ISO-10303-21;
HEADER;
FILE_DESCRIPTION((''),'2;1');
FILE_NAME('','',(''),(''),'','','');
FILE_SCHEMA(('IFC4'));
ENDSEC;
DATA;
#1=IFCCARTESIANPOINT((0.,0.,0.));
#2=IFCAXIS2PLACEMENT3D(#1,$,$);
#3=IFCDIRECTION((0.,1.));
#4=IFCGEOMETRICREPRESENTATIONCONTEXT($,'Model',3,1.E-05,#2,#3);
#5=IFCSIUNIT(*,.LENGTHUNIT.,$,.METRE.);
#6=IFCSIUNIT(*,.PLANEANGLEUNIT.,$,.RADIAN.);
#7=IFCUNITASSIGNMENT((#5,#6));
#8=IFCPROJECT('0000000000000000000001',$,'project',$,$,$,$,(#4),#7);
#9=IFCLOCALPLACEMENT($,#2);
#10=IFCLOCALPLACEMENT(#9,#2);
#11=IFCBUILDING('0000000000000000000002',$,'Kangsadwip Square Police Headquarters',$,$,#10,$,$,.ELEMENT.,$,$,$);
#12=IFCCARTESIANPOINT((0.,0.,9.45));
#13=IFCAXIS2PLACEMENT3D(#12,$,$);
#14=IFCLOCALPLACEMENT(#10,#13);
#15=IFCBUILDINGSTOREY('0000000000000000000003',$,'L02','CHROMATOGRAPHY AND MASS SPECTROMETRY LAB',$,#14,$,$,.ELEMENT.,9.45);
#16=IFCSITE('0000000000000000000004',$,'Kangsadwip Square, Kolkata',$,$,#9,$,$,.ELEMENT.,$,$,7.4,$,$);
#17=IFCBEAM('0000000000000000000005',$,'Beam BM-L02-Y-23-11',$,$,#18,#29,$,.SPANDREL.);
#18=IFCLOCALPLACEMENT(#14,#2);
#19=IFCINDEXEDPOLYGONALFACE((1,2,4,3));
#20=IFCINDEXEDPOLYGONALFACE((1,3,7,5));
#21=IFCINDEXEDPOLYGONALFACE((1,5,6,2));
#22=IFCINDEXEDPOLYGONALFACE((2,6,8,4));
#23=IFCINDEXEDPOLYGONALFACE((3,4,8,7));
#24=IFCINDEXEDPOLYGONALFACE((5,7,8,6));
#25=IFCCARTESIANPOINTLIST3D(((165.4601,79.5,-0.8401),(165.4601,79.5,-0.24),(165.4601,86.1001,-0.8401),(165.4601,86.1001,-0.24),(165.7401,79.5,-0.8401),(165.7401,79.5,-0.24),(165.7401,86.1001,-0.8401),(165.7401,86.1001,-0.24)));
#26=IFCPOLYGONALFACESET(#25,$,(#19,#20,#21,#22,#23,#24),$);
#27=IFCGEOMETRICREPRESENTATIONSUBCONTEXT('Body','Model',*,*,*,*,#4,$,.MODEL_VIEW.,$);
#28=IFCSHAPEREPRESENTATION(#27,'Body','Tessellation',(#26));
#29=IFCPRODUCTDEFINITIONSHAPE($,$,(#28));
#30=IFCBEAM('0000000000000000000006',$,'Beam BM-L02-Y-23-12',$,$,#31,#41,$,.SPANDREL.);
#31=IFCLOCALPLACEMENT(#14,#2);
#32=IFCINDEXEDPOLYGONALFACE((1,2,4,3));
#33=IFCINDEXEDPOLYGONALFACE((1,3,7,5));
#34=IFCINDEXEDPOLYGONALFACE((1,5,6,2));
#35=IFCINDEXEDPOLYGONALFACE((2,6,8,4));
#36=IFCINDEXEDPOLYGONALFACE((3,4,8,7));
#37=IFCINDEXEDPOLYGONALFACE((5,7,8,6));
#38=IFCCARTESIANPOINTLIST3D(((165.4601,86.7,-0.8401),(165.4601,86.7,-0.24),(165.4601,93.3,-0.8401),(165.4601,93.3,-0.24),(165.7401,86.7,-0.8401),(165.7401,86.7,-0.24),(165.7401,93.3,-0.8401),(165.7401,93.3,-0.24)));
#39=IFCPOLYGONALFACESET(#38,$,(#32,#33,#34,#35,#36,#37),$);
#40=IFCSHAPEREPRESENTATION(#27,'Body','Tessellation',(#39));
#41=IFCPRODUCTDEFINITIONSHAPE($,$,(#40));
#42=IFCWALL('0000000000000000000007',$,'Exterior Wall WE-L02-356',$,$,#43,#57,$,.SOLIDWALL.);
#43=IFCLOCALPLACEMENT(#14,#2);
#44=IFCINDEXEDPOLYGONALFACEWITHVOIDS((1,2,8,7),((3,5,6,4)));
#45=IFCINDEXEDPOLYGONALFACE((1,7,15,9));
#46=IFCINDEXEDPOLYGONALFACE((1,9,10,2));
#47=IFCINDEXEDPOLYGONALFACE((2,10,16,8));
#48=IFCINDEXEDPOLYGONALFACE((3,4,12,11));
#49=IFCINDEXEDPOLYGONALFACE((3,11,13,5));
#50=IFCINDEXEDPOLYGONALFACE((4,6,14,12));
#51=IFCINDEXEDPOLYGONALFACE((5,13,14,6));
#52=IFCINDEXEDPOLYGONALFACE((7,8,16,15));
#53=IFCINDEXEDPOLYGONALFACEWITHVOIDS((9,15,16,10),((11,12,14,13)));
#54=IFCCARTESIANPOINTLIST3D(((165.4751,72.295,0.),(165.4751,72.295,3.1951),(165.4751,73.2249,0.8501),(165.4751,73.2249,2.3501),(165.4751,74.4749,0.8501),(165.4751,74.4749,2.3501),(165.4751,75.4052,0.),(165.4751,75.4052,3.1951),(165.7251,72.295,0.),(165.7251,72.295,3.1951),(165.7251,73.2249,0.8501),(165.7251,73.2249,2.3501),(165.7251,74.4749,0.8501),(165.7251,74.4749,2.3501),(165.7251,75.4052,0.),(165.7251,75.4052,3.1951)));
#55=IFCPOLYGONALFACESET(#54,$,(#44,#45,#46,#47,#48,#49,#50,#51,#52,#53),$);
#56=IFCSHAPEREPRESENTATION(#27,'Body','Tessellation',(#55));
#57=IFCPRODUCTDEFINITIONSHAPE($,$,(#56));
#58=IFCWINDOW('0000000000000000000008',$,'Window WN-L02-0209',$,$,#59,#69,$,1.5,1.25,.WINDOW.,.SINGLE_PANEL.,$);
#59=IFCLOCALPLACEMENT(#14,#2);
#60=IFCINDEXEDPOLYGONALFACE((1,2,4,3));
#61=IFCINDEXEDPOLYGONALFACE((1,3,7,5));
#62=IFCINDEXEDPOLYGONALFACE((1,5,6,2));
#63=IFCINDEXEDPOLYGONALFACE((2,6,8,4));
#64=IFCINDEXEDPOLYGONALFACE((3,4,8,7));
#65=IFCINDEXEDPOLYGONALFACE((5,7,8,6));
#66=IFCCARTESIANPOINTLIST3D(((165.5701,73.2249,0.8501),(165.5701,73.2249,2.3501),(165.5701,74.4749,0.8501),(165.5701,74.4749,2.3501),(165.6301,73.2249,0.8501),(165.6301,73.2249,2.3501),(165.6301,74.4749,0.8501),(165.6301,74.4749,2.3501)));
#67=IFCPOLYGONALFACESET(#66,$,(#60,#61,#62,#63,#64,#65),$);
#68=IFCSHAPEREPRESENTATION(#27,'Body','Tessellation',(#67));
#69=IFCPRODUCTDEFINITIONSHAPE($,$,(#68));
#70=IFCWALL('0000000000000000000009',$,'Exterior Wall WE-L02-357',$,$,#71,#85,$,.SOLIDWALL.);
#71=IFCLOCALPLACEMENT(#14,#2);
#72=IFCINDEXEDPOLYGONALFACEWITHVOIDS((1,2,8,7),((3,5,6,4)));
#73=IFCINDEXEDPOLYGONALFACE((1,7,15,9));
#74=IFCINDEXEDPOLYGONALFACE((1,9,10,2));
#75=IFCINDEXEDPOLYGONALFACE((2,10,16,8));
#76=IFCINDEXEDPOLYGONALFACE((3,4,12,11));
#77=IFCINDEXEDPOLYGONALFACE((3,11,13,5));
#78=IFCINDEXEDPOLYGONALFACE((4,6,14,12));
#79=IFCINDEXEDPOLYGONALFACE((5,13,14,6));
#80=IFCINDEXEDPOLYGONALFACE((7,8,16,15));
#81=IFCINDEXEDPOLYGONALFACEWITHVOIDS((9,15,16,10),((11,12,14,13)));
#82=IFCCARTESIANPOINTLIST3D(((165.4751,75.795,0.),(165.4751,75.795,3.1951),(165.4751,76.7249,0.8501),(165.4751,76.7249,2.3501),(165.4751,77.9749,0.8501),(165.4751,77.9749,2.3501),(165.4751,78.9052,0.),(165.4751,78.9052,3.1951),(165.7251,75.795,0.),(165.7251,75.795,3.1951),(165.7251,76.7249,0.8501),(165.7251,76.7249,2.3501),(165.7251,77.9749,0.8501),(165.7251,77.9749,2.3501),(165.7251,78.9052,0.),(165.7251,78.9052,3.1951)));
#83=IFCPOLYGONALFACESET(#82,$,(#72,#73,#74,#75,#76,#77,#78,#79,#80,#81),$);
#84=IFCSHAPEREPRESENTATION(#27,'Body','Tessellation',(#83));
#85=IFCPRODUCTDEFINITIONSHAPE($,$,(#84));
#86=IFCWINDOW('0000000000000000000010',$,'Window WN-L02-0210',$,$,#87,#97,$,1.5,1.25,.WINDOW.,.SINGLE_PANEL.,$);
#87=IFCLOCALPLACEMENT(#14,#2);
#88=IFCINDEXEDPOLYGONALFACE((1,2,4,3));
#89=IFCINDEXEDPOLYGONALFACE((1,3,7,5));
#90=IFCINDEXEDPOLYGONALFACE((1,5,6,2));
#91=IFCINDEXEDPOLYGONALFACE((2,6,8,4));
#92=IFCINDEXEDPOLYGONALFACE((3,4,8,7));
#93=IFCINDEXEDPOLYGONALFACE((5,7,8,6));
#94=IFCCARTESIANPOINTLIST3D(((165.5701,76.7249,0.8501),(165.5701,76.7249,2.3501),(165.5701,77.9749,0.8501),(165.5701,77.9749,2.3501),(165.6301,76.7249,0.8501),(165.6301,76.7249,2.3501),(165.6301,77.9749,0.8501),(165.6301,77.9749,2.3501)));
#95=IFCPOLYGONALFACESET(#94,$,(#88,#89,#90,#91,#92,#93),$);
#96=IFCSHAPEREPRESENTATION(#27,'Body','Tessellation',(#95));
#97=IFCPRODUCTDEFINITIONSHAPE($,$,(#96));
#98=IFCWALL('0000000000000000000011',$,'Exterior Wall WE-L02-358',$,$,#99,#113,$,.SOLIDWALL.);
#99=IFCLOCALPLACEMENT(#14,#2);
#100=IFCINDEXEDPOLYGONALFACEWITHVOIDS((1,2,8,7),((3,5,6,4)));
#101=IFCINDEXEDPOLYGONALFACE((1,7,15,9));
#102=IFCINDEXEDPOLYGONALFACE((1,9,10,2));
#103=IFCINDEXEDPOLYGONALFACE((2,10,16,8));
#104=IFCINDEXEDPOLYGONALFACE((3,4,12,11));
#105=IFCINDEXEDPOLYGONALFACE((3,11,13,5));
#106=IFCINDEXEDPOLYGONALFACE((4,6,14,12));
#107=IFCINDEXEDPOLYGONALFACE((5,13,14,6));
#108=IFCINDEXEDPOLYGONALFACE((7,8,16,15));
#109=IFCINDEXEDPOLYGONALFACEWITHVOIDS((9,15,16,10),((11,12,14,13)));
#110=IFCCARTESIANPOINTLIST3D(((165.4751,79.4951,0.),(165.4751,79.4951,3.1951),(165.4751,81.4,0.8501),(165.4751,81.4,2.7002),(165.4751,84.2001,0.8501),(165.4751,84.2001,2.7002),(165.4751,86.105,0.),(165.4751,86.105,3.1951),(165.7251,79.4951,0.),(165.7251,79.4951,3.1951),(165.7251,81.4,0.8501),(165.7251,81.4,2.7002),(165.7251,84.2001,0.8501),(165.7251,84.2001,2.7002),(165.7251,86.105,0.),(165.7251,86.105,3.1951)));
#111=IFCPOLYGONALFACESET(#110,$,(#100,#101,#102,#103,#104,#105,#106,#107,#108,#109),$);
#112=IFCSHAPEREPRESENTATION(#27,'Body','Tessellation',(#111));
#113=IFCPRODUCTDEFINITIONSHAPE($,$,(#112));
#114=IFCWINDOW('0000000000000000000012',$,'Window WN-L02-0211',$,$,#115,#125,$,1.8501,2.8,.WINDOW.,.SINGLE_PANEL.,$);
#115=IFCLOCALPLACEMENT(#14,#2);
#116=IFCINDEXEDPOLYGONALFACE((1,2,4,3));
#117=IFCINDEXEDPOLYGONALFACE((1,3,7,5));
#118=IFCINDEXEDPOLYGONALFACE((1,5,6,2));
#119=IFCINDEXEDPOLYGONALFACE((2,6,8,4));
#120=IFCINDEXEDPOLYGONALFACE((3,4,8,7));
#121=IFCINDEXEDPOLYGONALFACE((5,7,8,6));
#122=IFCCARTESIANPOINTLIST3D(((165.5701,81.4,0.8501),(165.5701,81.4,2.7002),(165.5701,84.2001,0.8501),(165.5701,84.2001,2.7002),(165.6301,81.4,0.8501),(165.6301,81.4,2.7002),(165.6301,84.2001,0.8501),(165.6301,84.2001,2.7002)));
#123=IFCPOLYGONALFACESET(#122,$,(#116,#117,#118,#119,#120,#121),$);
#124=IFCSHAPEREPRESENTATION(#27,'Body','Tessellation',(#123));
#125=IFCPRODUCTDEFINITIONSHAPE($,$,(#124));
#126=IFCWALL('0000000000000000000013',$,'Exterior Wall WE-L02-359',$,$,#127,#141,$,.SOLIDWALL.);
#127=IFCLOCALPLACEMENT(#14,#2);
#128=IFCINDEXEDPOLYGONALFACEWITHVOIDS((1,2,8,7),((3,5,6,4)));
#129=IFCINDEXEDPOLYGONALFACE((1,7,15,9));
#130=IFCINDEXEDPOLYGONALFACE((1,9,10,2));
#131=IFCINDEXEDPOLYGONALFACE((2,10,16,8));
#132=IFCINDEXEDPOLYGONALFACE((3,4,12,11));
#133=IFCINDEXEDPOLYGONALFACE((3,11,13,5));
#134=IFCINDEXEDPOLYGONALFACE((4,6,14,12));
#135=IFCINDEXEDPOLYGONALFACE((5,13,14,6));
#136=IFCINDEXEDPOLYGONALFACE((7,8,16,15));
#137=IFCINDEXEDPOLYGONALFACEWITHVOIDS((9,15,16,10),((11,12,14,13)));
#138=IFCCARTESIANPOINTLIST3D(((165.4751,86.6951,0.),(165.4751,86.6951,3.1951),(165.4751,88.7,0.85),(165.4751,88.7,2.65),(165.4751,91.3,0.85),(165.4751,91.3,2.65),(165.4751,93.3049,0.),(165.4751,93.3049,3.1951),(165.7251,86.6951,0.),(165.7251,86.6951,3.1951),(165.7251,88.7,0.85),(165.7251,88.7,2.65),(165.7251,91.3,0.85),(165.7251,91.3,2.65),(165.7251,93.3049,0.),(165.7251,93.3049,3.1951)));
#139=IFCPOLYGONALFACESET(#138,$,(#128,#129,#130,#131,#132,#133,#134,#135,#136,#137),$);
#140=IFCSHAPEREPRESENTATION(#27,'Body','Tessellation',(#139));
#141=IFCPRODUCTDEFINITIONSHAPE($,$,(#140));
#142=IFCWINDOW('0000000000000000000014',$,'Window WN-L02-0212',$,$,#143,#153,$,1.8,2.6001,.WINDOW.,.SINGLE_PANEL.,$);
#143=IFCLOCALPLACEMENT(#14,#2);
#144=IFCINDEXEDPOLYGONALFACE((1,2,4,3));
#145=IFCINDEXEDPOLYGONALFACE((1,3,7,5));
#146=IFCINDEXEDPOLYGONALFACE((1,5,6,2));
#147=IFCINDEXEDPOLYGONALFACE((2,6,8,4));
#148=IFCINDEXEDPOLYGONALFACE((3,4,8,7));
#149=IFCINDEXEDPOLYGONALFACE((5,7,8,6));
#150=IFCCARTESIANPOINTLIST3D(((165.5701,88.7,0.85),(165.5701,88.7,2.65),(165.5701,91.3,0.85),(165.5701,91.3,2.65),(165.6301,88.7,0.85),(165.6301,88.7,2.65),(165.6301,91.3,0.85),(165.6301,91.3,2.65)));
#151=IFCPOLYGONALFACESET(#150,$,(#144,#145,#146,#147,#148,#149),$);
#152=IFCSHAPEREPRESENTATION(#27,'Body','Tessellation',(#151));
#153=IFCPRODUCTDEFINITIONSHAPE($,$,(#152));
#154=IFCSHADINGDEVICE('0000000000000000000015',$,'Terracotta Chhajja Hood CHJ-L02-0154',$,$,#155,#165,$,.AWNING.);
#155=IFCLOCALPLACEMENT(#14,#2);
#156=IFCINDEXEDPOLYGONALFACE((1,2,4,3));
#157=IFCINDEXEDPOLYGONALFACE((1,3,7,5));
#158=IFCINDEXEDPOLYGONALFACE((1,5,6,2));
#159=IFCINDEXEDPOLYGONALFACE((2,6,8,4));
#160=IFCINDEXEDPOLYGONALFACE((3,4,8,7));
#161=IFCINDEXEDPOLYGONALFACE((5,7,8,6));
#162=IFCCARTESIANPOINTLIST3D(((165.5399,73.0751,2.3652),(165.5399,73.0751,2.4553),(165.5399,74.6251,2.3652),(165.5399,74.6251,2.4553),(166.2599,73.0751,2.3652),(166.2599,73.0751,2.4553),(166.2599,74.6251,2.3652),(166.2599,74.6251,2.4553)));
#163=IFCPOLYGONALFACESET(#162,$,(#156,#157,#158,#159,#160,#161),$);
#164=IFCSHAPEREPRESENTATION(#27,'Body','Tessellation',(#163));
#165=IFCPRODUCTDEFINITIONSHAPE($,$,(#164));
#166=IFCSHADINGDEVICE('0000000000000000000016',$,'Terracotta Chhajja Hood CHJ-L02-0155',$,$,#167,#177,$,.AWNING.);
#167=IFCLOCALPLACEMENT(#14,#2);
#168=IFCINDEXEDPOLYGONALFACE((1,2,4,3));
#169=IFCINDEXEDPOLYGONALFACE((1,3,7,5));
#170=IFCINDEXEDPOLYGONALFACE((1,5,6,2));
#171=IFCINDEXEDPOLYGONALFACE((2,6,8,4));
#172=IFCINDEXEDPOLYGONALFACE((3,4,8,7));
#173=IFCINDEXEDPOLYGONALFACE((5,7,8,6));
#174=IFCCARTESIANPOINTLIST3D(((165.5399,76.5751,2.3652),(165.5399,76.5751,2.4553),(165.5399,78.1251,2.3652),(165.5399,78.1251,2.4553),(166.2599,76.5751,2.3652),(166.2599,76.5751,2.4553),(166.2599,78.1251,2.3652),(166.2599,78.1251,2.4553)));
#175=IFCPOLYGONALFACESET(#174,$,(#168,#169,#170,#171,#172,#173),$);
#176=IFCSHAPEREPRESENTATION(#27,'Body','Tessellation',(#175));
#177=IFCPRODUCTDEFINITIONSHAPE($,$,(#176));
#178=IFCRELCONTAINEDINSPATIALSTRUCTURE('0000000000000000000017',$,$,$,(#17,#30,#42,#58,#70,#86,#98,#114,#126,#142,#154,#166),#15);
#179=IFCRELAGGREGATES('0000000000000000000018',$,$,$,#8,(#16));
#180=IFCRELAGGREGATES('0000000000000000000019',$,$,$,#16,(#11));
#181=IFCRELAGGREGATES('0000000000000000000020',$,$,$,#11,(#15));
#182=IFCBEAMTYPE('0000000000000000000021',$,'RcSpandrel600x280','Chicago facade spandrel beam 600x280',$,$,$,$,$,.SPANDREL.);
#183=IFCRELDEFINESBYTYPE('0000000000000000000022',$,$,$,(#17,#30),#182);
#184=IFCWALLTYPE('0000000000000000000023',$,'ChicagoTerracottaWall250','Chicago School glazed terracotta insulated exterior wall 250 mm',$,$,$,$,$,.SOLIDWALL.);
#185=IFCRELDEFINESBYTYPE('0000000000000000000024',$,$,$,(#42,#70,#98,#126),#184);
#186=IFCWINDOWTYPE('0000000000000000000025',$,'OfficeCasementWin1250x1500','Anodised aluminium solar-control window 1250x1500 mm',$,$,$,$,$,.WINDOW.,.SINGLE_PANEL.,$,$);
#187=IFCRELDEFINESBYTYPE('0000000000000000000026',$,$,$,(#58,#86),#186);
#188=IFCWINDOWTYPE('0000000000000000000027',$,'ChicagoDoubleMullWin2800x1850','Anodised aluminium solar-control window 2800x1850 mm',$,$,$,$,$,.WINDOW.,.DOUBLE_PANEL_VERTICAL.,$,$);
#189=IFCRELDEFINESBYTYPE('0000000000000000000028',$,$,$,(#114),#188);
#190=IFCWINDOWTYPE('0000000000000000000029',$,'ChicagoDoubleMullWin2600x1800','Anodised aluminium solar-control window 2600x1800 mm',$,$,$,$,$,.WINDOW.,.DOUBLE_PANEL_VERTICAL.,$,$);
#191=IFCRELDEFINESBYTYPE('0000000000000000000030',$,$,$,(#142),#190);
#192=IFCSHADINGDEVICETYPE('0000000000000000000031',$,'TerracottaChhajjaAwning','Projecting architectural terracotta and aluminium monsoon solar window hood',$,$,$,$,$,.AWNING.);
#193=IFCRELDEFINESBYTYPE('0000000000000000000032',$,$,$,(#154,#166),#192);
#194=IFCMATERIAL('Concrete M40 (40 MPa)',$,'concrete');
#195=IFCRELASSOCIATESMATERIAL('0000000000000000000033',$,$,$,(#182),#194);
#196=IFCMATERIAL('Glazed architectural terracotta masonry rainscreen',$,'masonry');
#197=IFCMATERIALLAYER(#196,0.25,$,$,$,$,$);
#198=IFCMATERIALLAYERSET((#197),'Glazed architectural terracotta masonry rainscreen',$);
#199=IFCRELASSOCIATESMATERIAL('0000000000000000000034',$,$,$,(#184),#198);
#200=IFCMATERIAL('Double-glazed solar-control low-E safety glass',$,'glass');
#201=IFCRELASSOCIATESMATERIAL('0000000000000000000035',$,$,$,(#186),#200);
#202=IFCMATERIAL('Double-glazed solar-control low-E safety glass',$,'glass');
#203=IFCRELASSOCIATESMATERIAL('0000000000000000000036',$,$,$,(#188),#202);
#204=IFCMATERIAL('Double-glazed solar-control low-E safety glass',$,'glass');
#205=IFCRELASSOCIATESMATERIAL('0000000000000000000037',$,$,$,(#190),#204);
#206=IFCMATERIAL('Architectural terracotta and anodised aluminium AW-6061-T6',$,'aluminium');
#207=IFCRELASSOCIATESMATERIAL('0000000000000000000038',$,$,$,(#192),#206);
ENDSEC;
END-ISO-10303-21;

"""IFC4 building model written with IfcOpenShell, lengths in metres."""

from ifc_helpers import new_model, si_unit, direction, frame, frame_2d, origin, origin_2d, place, context, subcontext, project, spatial, rectangle, extrude, material, layer, layer_set, material_profile, profile_set, type_object, element, fill, save


model = new_model("IFC4")

# Units and contexts
model_context = context("Model", 3, precision=1e-05, world=origin(), true_north=direction((0.0, 1.0)))
body_context = subcontext(model_context, "Body", "Model", "MODEL_VIEW")
ifc_project = project(units=[si_unit("LENGTHUNIT", "METRE"), si_unit("PLANEANGLEUNIT", "RADIAN")], contexts=[model_context])

# Site, building, storey
site_placement = place(None, origin())
site = spatial("IfcSite", under=ifc_project, at=site_placement, Name="Kangsadwip Square, Kolkata", CompositionType="ELEMENT", RefElevation=7.4)
building_placement = place(site_placement, origin())
building = spatial("IfcBuilding", under=site, at=building_placement, Name="Kangsadwip Square Police Headquarters", CompositionType="ELEMENT")
storey_placement = place(building_placement, frame((0.0, 0.0, 9.45)))
storey = spatial("IfcBuildingStorey", under=building, at=storey_placement, Name="L02", Description="CHROMATOGRAPHY AND MASS SPECTROMETRY LAB", CompositionType="ELEMENT", Elevation=9.45)

# Beams
ifc_material_1 = material(Name="Concrete M40 (40 MPa)", Category="concrete")
ifc_material_profile_1 = material_profile(ifc_material_1, rectangle(XDim=0.28, YDim=0.6001, at=origin_2d()), Name="RC SPN 600X280")
ifc_profile_set_1 = profile_set([ifc_material_profile_1], Name="Concrete M40 (40 MPa)")
beam_type_1 = type_object("IfcBeamType", Name="RcSpandrel600x280", Description="Chicago facade spandrel beam 600x280", PredefinedType="SPANDREL", material=ifc_profile_set_1)
for number, where, z_axis, x_axis, name in (
    (1, (165.6001, 79.5, -0.54), (0.0, 1.0, 0.0), (-1.0, 0.0, 0.0), "Beam BM-L02-Y-23-11"),
    (2, (165.6001, 86.7, -0.54), (0.0, 1.0, 0.0), (-1.0, 0.0, 0.0), "Beam BM-L02-Y-23-12"),
):
    element("IfcBeam", number, at=place(storey_placement, frame(where, z_axis=z_axis, x_axis=x_axis)), inside=storey, type_object=beam_type_1, Name=name, PredefinedType="SPANDREL", context=body_context, shape_type="SweptSolid", body=[
        extrude(rectangle(XDim=0.28, YDim=0.6001, at=origin_2d()), origin(), (0.0, 0.0, 1.0), 6.6001),
    ])

# Walls, openings, windows
ifc_material_2 = material(Name="Glazed architectural terracotta masonry rainscreen", Category="masonry")
ifc_layer = layer(ifc_material_2, 0.25)
ifc_layer_set = layer_set([ifc_layer], Name="Glazed architectural terracotta masonry rainscreen")
wall_type = type_object("IfcWallType", Name="ChicagoTerracottaWall250", Description="Chicago School glazed terracotta insulated exterior wall 250 mm", PredefinedType="SOLIDWALL", material=ifc_layer_set)
wall_1_placement = place(storey_placement, frame((165.6001, 72.2949, 0.0), z_axis=(0.0, 0.0, 1.0), x_axis=(0.0, 1.0, 0.0)))
wall_1 = element("IfcWall", 3, at=wall_1_placement, inside=storey, type_object=wall_type, Name="Exterior Wall WE-L02-356", PredefinedType="SOLIDWALL", context=body_context, shape_type="SweptSolid", body=[
    extrude(rectangle(XDim=3.1101, YDim=0.25, at=frame_2d((1.5552, 0.0))), origin(), (0.0, 0.0, 1.0), 3.1951),
])
opening_1_placement = place(wall_1_placement, frame((0.9299, 0.0, 0.8501)))
opening_1 = element("IfcOpeningElement", 4, at=opening_1_placement, cuts=wall_1, PredefinedType="OPENING", context=body_context, shape_type="SweptSolid", body=[
    extrude(rectangle(XDim=1.25, YDim=1.5, at=frame_2d((0.625, 0.75))), frame((0.0, 0.135, 0.0), z_axis=(0.0, -1.0, 0.0), x_axis=(1.0, 0.0, 0.0)), (0.0, 0.0, 1.0), 0.27),
])
ifc_material_3 = material(Name="Double-glazed solar-control low-E safety glass", Category="glass")
window_type_1 = type_object("IfcWindowType", Name="OfficeCasementWin1250x1500", Description="Anodised aluminium solar-control window 1250x1500 mm", PartitioningType="SINGLE_PANEL", PredefinedType="WINDOW", material=ifc_material_3)
window_1_placement = place(opening_1_placement, origin())
window_1 = element("IfcWindow", 5, at=window_1_placement, inside=storey, type_object=window_type_1, Name="Window WN-L02-0209", OverallHeight=1.5, OverallWidth=1.25, PartitioningType="SINGLE_PANEL", PredefinedType="WINDOW", context=body_context, shape_type="SweptSolid", body=[
    extrude(rectangle(XDim=1.25, YDim=1.5, at=frame_2d((0.625, 0.75))), frame((0.0, 0.03, 0.0), z_axis=(0.0, -1.0, 0.0), x_axis=(1.0, 0.0, 0.0)), (0.0, 0.0, 1.0), 0.0601),
])
fill(opening_1, window_1)
wall_2_placement = place(storey_placement, frame((165.6001, 75.7949, 0.0), z_axis=(0.0, 0.0, 1.0), x_axis=(0.0, 1.0, 0.0)))
wall_2 = element("IfcWall", 6, at=wall_2_placement, inside=storey, type_object=wall_type, Name="Exterior Wall WE-L02-357", PredefinedType="SOLIDWALL", context=body_context, shape_type="SweptSolid", body=[
    extrude(rectangle(XDim=3.1101, YDim=0.25, at=frame_2d((1.5552, 0.0))), origin(), (0.0, 0.0, 1.0), 3.1951),
])
opening_2_placement = place(wall_2_placement, frame((0.9299, 0.0, 0.8501)))
opening_2 = element("IfcOpeningElement", 7, at=opening_2_placement, cuts=wall_2, PredefinedType="OPENING", context=body_context, shape_type="SweptSolid", body=[
    extrude(rectangle(XDim=1.25, YDim=1.5, at=frame_2d((0.625, 0.75))), frame((0.0, 0.135, 0.0), z_axis=(0.0, -1.0, 0.0), x_axis=(1.0, 0.0, 0.0)), (0.0, 0.0, 1.0), 0.27),
])
window_2_placement = place(opening_2_placement, origin())
window_2 = element("IfcWindow", 8, at=window_2_placement, inside=storey, type_object=window_type_1, Name="Window WN-L02-0210", OverallHeight=1.5, OverallWidth=1.25, PartitioningType="SINGLE_PANEL", PredefinedType="WINDOW", context=body_context, shape_type="SweptSolid", body=[
    extrude(rectangle(XDim=1.25, YDim=1.5, at=frame_2d((0.625, 0.75))), frame((0.0, 0.03, 0.0), z_axis=(0.0, -1.0, 0.0), x_axis=(1.0, 0.0, 0.0)), (0.0, 0.0, 1.0), 0.0601),
])
fill(opening_2, window_2)
wall_3_placement = place(storey_placement, frame((165.6001, 79.4951, 0.0), z_axis=(0.0, 0.0, 1.0), x_axis=(0.0, 1.0, 0.0)))
wall_3 = element("IfcWall", 9, at=wall_3_placement, inside=storey, type_object=wall_type, Name="Exterior Wall WE-L02-358", PredefinedType="SOLIDWALL", context=body_context, shape_type="SweptSolid", body=[
    extrude(rectangle(XDim=6.6099, YDim=0.25, at=frame_2d((3.3049, 0.0))), origin(), (0.0, 0.0, 1.0), 3.1951),
])
opening_3_placement = place(wall_3_placement, frame((1.905, 0.0, 0.8501)))
opening_3 = element("IfcOpeningElement", 10, at=opening_3_placement, cuts=wall_3, PredefinedType="OPENING", context=body_context, shape_type="SweptSolid", body=[
    extrude(rectangle(XDim=2.8, YDim=1.8501, at=frame_2d((1.3999, 0.925))), frame((0.0, 0.135, 0.0), z_axis=(0.0, -1.0, 0.0), x_axis=(1.0, 0.0, 0.0)), (0.0, 0.0, 1.0), 0.27),
])
ifc_material_4 = material(Name="Double-glazed solar-control low-E safety glass", Category="glass")
window_type_2 = type_object("IfcWindowType", Name="ChicagoDoubleMullWin2800x1850", Description="Anodised aluminium solar-control window 2800x1850 mm", PartitioningType="DOUBLE_PANEL_VERTICAL", PredefinedType="WINDOW", material=ifc_material_4)
window_3_placement = place(opening_3_placement, origin())
window_3 = element("IfcWindow", 11, at=window_3_placement, inside=storey, type_object=window_type_2, Name="Window WN-L02-0211", OverallHeight=1.8501, OverallWidth=2.8, PartitioningType="SINGLE_PANEL", PredefinedType="WINDOW", context=body_context, shape_type="SweptSolid", body=[
    extrude(rectangle(XDim=2.8, YDim=1.8501, at=frame_2d((1.3999, 0.925))), frame((0.0, 0.03, 0.0), z_axis=(0.0, -1.0, 0.0), x_axis=(1.0, 0.0, 0.0)), (0.0, 0.0, 1.0), 0.0601),
])
fill(opening_3, window_3)
wall_4_placement = place(storey_placement, frame((165.6001, 86.6951, 0.0), z_axis=(0.0, 0.0, 1.0), x_axis=(0.0, 1.0, 0.0)))
wall_4 = element("IfcWall", 12, at=wall_4_placement, inside=storey, type_object=wall_type, Name="Exterior Wall WE-L02-359", PredefinedType="SOLIDWALL", context=body_context, shape_type="SweptSolid", body=[
    extrude(rectangle(XDim=6.6099, YDim=0.25, at=frame_2d((3.3049, 0.0))), origin(), (0.0, 0.0, 1.0), 3.1951),
])
opening_4_placement = place(wall_4_placement, frame((2.0049, 0.0, 0.8501)))
opening_4 = element("IfcOpeningElement", 13, at=opening_4_placement, cuts=wall_4, PredefinedType="OPENING", context=body_context, shape_type="SweptSolid", body=[
    extrude(rectangle(XDim=2.6001, YDim=1.8, at=frame_2d((1.3, 0.8999))), frame((0.0, 0.135, 0.0), z_axis=(0.0, -1.0, 0.0), x_axis=(1.0, 0.0, 0.0)), (0.0, 0.0, 1.0), 0.27),
])
ifc_material_5 = material(Name="Double-glazed solar-control low-E safety glass", Category="glass")
window_type_3 = type_object("IfcWindowType", Name="ChicagoDoubleMullWin2600x1800", Description="Anodised aluminium solar-control window 2600x1800 mm", PartitioningType="DOUBLE_PANEL_VERTICAL", PredefinedType="WINDOW", material=ifc_material_5)
window_4_placement = place(opening_4_placement, origin())
window_4 = element("IfcWindow", 14, at=window_4_placement, inside=storey, type_object=window_type_3, Name="Window WN-L02-0212", OverallHeight=1.8, OverallWidth=2.6001, PartitioningType="SINGLE_PANEL", PredefinedType="WINDOW", context=body_context, shape_type="SweptSolid", body=[
    extrude(rectangle(XDim=2.6001, YDim=1.8, at=frame_2d((1.3, 0.8999))), frame((0.0, 0.03, 0.0), z_axis=(0.0, -1.0, 0.0), x_axis=(1.0, 0.0, 0.0)), (0.0, 0.0, 1.0), 0.0601),
])
fill(opening_4, window_4)

# Shading devices
ifc_material_6 = material(Name="Architectural terracotta and anodised aluminium AW-6061-T6", Category="aluminium")
shading_device_type = type_object("IfcShadingDeviceType", Name="TerracottaChhajjaAwning", Description="Projecting architectural terracotta and aluminium monsoon solar window hood", PredefinedType="AWNING", material=ifc_material_6)
for number, where, z_axis, x_axis, name in (
    (15, (165.8999, 73.8501, 2.3652), (0.0, 0.0, 1.0), (0.0, 1.0, 0.0), "Terracotta Chhajja Hood CHJ-L02-0154"),
    (16, (165.8999, 77.3501, 2.3652), (0.0, 0.0, 1.0), (0.0, 1.0, 0.0), "Terracotta Chhajja Hood CHJ-L02-0155"),
):
    element("IfcShadingDevice", number, at=place(storey_placement, frame(where, z_axis=z_axis, x_axis=x_axis)), inside=storey, type_object=shading_device_type, Name=name, PredefinedType="AWNING", context=body_context, shape_type="SweptSolid", body=[
        extrude(rectangle(XDim=1.55, YDim=0.72, at=origin_2d()), origin(), (0.0, 0.0, 1.0), 0.0901),
    ])

save(model, "model.ifc")
